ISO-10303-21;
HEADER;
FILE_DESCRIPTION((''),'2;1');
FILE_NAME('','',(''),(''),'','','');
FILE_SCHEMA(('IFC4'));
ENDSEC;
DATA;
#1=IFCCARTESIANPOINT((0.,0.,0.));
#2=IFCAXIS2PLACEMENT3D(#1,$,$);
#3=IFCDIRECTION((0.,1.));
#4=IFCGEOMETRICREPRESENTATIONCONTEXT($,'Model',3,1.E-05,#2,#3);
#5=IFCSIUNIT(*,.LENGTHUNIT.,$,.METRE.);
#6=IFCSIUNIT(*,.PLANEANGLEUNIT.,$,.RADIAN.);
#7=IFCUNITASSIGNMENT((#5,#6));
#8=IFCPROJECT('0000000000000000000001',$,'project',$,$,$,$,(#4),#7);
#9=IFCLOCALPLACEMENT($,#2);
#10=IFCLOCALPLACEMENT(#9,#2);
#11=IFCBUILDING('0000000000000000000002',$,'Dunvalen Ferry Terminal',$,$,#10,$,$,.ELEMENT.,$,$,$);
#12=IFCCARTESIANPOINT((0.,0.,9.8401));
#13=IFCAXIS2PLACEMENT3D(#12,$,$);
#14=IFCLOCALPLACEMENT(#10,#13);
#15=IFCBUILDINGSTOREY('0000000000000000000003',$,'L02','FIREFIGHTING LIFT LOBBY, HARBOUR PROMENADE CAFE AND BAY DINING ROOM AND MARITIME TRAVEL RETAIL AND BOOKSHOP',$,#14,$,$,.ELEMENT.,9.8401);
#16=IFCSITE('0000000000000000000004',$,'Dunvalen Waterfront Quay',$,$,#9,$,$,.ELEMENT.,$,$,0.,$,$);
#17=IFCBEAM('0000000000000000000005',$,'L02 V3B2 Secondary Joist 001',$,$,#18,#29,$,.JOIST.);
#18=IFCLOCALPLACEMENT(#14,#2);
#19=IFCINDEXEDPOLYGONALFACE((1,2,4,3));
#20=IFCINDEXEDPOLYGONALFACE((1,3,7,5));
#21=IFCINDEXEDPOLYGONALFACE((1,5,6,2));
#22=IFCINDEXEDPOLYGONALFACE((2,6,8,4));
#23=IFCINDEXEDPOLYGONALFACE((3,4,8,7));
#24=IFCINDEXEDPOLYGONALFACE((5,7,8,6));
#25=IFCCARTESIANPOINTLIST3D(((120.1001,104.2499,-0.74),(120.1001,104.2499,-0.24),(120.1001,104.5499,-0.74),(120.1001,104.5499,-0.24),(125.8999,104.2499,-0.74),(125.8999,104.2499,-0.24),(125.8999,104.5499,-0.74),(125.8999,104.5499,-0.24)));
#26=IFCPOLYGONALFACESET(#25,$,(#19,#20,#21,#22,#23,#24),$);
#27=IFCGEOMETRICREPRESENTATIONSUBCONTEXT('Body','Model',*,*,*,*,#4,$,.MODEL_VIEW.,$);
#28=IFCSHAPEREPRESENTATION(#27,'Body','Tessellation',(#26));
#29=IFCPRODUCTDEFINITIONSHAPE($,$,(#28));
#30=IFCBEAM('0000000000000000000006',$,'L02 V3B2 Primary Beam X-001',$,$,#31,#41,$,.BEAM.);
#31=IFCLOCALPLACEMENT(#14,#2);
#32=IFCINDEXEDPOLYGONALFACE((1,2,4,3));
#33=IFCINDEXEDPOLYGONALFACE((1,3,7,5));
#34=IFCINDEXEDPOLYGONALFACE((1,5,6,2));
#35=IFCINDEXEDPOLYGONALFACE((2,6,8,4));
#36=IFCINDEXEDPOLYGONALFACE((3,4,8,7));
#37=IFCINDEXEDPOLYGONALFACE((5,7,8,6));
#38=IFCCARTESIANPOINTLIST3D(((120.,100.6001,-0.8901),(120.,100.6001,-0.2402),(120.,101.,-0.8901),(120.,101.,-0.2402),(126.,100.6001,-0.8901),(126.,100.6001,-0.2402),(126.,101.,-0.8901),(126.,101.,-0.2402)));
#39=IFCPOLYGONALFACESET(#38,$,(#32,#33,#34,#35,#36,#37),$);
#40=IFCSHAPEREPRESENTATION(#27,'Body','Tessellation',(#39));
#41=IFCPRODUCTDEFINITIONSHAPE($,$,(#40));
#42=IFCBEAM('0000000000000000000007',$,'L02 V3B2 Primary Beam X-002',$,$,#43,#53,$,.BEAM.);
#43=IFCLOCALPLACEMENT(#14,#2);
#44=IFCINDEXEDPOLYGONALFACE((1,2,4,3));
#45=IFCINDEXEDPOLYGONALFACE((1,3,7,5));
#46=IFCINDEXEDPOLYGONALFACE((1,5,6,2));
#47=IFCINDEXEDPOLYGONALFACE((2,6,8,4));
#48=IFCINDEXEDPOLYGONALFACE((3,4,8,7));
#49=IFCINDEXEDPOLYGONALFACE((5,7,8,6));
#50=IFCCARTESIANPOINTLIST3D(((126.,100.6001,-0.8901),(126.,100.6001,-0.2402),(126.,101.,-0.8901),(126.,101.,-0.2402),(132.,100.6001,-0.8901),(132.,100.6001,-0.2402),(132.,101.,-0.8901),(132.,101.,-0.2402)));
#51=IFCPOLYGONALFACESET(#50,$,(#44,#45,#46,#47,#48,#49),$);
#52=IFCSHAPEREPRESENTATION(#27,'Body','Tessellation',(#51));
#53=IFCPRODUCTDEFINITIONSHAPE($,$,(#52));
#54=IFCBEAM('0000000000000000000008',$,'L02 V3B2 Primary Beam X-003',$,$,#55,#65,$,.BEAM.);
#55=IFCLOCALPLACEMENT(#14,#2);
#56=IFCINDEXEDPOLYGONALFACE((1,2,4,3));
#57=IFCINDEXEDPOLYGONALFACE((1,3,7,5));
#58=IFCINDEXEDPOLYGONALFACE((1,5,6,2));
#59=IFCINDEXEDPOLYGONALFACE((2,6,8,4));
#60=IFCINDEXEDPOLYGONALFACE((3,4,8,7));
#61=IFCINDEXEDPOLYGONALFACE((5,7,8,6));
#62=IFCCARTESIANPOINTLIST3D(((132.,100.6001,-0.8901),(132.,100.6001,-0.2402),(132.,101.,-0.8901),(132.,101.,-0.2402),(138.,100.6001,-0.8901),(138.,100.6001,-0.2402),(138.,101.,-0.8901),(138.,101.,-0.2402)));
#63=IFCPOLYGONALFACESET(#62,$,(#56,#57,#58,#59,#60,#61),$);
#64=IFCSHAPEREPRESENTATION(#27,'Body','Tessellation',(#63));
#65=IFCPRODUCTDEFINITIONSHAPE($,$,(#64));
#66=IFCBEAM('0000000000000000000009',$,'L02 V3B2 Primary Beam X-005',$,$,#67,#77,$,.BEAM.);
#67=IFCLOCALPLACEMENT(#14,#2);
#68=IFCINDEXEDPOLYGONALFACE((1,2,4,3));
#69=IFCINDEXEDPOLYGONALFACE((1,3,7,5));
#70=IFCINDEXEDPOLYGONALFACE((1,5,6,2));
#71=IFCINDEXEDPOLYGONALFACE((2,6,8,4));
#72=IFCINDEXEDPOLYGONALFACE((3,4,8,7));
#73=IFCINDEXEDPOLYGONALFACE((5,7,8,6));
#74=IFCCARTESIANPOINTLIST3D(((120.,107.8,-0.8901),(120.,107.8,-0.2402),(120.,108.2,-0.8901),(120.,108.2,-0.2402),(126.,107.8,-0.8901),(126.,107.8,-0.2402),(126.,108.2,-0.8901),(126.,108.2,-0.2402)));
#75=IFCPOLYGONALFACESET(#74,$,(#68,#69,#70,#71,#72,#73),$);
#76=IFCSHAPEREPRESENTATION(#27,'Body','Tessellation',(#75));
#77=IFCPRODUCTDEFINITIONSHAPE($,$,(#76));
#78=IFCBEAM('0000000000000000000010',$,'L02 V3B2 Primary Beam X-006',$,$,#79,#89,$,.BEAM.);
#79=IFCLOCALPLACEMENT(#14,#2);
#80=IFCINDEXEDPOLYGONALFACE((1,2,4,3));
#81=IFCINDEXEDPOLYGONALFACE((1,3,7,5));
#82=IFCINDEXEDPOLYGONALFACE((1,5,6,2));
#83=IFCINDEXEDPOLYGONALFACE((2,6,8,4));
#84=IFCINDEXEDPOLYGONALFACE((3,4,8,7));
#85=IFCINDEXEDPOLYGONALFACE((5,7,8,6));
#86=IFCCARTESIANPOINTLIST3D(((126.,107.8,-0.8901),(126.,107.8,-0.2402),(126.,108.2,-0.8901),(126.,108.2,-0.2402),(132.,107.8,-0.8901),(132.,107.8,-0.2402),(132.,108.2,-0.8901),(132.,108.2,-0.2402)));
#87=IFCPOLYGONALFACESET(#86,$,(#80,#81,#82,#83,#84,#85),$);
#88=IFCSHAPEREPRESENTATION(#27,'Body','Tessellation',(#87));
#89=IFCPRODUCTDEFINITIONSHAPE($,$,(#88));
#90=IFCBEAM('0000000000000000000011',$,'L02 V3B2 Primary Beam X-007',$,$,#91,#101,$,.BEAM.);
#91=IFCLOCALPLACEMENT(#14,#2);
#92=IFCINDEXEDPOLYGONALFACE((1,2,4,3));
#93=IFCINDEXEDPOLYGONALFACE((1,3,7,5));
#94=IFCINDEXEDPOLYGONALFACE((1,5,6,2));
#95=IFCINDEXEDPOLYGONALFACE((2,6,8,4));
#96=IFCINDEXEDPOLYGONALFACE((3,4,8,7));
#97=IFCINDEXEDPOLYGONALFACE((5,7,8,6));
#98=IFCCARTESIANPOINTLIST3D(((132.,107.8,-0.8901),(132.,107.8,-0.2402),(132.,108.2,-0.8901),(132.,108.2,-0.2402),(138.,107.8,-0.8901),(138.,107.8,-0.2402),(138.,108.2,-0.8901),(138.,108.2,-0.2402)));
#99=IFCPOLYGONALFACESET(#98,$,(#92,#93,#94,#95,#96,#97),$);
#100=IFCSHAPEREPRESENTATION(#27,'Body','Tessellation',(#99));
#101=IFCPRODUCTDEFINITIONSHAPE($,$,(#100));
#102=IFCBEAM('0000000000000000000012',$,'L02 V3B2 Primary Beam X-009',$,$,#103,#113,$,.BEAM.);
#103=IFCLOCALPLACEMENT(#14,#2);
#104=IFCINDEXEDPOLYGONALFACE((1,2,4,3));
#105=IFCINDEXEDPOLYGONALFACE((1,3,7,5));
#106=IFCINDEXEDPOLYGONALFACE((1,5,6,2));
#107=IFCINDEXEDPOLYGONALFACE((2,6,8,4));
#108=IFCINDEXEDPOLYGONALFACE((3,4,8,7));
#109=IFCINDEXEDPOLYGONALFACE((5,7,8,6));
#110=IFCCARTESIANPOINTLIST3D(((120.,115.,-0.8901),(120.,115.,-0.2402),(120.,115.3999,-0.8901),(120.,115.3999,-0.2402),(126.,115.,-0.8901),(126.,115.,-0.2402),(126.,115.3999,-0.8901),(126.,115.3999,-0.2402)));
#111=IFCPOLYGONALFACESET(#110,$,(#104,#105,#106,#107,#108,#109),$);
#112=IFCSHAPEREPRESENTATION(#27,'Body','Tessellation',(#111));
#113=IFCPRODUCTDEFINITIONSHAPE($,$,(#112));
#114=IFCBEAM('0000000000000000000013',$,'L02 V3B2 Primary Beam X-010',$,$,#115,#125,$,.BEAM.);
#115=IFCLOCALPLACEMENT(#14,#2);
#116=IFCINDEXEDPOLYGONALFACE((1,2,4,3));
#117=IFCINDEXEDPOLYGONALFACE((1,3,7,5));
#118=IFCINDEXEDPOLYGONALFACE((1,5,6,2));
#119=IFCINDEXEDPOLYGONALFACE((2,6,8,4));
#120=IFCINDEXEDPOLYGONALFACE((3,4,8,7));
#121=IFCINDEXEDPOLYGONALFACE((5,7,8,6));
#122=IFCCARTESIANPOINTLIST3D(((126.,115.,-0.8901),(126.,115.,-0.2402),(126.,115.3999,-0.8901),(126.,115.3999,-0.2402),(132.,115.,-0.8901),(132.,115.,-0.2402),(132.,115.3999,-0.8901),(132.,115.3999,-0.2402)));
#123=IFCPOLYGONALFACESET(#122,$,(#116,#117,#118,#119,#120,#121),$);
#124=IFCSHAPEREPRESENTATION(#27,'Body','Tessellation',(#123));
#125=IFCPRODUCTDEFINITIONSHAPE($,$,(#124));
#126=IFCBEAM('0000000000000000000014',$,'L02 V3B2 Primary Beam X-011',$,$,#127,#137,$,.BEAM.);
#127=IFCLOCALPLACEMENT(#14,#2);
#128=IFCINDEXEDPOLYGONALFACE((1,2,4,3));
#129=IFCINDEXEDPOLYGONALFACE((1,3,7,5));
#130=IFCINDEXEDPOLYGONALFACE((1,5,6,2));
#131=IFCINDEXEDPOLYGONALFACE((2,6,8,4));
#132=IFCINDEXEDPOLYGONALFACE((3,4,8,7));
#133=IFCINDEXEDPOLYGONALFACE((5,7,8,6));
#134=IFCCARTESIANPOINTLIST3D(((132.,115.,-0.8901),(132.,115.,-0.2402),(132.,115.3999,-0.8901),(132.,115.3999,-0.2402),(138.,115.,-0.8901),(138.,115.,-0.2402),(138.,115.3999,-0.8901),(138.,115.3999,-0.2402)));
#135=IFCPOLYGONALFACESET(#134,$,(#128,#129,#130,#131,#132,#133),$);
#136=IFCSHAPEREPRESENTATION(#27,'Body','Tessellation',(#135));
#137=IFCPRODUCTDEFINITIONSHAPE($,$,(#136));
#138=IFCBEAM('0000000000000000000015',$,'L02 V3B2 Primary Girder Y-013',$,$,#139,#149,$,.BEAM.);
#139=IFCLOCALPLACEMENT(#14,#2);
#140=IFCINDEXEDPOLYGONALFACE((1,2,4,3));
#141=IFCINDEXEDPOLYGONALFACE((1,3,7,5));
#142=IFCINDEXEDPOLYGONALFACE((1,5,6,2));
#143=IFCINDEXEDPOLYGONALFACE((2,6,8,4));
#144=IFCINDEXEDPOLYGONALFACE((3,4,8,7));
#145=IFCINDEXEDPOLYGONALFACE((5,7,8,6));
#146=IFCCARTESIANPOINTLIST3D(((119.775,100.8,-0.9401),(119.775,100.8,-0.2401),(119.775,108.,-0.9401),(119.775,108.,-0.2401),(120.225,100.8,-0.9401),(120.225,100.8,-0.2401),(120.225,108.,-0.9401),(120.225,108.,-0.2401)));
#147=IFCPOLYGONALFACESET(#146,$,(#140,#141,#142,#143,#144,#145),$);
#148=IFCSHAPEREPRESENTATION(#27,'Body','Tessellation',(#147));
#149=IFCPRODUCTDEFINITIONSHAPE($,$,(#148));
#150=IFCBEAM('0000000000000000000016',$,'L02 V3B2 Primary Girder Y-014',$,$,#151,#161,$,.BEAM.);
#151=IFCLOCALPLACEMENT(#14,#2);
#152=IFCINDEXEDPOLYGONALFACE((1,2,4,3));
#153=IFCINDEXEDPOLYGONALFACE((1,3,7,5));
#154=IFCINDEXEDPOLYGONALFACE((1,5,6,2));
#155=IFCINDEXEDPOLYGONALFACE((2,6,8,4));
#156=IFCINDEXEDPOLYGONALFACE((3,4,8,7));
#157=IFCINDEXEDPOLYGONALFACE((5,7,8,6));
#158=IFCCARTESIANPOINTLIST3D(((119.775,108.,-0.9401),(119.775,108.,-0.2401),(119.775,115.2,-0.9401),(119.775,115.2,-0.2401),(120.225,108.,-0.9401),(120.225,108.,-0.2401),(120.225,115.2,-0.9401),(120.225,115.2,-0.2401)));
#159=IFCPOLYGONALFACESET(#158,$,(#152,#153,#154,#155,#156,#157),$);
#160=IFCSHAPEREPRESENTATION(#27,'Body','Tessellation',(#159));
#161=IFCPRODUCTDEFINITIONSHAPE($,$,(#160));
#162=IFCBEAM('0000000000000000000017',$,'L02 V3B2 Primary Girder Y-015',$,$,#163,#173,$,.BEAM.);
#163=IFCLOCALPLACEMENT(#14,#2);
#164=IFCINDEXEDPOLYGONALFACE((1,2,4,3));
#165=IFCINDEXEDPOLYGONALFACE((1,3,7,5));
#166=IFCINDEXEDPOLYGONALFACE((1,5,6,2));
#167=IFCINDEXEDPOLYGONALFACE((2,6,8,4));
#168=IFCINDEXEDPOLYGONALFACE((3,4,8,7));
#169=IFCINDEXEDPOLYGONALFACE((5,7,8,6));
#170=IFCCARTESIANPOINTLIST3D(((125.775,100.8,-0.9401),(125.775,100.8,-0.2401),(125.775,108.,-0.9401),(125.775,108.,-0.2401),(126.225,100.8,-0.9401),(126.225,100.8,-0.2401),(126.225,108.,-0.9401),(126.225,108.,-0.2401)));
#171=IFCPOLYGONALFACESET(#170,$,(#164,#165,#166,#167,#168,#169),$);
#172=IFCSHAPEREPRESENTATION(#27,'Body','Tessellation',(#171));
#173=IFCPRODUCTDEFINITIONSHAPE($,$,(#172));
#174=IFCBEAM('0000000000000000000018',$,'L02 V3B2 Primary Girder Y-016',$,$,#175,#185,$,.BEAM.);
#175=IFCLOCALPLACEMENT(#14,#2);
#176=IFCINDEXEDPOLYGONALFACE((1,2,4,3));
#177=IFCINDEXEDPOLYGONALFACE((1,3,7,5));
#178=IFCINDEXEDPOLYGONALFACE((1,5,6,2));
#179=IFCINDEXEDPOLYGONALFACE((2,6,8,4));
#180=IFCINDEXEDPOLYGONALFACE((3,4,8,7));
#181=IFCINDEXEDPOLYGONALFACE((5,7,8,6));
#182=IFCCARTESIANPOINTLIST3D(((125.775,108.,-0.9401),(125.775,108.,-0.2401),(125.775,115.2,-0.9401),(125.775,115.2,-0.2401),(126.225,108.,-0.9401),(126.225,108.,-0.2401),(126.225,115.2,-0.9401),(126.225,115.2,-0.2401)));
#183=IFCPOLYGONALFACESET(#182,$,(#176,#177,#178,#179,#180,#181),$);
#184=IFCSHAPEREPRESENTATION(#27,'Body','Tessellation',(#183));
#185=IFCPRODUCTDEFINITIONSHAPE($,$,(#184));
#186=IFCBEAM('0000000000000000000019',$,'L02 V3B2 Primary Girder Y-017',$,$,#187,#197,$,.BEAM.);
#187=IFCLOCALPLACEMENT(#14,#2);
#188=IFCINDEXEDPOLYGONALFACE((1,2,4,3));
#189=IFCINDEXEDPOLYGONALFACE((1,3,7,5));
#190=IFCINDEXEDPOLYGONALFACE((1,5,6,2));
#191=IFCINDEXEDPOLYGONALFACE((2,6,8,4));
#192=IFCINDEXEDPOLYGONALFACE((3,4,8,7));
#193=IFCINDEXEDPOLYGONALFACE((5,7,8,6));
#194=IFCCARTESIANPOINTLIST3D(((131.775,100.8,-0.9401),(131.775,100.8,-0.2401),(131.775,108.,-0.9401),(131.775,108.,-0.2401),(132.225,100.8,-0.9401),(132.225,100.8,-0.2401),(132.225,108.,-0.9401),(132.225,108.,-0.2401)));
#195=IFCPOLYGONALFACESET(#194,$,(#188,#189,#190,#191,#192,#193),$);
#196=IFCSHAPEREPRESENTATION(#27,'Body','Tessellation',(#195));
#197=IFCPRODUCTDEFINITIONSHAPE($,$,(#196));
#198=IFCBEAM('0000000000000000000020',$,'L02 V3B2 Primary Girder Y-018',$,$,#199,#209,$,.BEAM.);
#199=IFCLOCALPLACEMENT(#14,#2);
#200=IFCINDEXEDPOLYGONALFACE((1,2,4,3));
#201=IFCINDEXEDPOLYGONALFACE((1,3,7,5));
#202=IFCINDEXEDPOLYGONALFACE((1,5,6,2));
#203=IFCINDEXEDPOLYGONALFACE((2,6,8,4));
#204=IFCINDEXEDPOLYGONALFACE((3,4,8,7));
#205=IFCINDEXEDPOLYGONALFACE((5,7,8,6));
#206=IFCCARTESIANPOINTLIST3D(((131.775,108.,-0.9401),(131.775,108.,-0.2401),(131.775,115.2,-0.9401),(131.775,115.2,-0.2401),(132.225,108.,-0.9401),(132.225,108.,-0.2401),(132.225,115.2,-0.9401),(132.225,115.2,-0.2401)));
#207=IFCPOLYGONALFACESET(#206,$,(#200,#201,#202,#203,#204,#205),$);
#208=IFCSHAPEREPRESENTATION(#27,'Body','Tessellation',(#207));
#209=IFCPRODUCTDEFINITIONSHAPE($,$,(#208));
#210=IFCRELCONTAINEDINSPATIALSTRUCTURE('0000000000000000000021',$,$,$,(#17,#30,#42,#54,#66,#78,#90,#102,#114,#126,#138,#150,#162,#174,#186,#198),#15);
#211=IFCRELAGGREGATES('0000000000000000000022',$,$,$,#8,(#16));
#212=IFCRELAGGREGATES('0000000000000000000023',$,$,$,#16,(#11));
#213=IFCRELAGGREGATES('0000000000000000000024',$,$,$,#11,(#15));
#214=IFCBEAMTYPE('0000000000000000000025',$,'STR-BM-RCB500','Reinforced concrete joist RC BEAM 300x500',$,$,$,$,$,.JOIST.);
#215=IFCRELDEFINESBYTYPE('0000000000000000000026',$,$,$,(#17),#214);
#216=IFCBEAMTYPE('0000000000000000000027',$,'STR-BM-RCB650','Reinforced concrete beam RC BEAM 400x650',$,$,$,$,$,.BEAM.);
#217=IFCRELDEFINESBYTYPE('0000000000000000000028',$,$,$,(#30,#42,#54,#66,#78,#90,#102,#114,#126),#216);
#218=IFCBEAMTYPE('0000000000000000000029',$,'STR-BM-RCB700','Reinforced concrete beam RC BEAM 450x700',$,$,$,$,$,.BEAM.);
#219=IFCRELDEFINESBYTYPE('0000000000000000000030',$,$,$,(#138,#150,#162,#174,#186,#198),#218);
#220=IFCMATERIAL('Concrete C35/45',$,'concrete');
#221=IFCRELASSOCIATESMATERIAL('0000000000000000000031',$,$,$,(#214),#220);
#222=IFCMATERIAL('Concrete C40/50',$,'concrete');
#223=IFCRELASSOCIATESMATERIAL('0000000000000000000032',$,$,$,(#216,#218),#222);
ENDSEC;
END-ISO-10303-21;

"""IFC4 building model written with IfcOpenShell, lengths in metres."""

from ifc_helpers import new_model, si_unit, direction, frame, origin, origin_2d, place, context, subcontext, project, spatial, rectangle, extrude, material, material_profile, profile_set, type_object, element, save


model = new_model("IFC4")

# Units and contexts
model_context = context("Model", 3, precision=1e-05, world=origin(), true_north=direction((0.0, 1.0)))
body_context = subcontext(model_context, "Body", "Model", "MODEL_VIEW")
ifc_project = project(units=[si_unit("LENGTHUNIT", "METRE"), si_unit("PLANEANGLEUNIT", "RADIAN")], contexts=[model_context])

# Site, building, storey
site_placement = place(None, origin())
site = spatial("IfcSite", under=ifc_project, at=site_placement, Name="Dunvalen Waterfront Quay", CompositionType="ELEMENT", RefElevation=0.0)
building_placement = place(site_placement, origin())
building = spatial("IfcBuilding", under=site, at=building_placement, Name="Dunvalen Ferry Terminal", CompositionType="ELEMENT")
storey_placement = place(building_placement, frame((0.0, 0.0, 9.8401)))
storey = spatial("IfcBuildingStorey", under=building, at=storey_placement, Name="L02", Description="FIREFIGHTING LIFT LOBBY, HARBOUR PROMENADE CAFE AND BAY DINING ROOM AND MARITIME TRAVEL RETAIL AND BOOKSHOP", CompositionType="ELEMENT", Elevation=9.8401)

# Beams
ifc_material_1 = material(Name="Concrete C35/45", Category="concrete")
ifc_material_profile_1 = material_profile(ifc_material_1, rectangle(XDim=0.3, YDim=0.5, at=origin_2d()), Name="Concrete C35/45")
ifc_profile_set_1 = profile_set([ifc_material_profile_1], Name="Concrete C35/45")
beam_type_1 = type_object("IfcBeamType", Name="STR-BM-RCB500", Description="Reinforced concrete joist RC BEAM 300x500", PredefinedType="JOIST", material=ifc_profile_set_1)
beam_1_placement = place(storey_placement, frame((120.1001, 104.3999, -0.49), z_axis=(1.0, 0.0, 0.0), x_axis=(0.0, 1.0, 0.0)))
element("IfcBeam", 1, at=beam_1_placement, inside=storey, type_object=beam_type_1, Name="L02 V3B2 Secondary Joist 001", PredefinedType="JOIST", context=body_context, shape_type="SweptSolid", body=[
    extrude(rectangle(XDim=0.3, YDim=0.5, at=origin_2d()), origin(), (0.0, 0.0, 1.0), 5.7998),
])
ifc_material_2 = material(Name="Concrete C40/50", Category="concrete")
ifc_material_profile_2 = material_profile(ifc_material_2, rectangle(XDim=0.3999, YDim=0.6499, at=origin_2d()), Name="Concrete C40/50")
ifc_profile_set_2 = profile_set([ifc_material_profile_2], Name="Concrete C40/50")
beam_type_2 = type_object("IfcBeamType", Name="STR-BM-RCB650", Description="Reinforced concrete beam RC BEAM 400x650", PredefinedType="BEAM", material=ifc_profile_set_2)
for number, where, z_axis, x_axis, name in (
    (2, (120.0, 100.8, -0.5652), (1.0, 0.0, 0.0), (0.0, 1.0, 0.0), "L02 V3B2 Primary Beam X-001"),
    (3, (126.0, 100.8, -0.5652), (1.0, 0.0, 0.0), (0.0, 1.0, 0.0), "L02 V3B2 Primary Beam X-002"),
    (4, (132.0, 100.8, -0.5652), (1.0, 0.0, 0.0), (0.0, 1.0, 0.0), "L02 V3B2 Primary Beam X-003"),
    (5, (120.0, 108.0, -0.5652), (1.0, 0.0, 0.0), (0.0, 1.0, 0.0), "L02 V3B2 Primary Beam X-005"),
    (6, (126.0, 108.0, -0.5652), (1.0, 0.0, 0.0), (0.0, 1.0, 0.0), "L02 V3B2 Primary Beam X-006"),
    (7, (132.0, 108.0, -0.5652), (1.0, 0.0, 0.0), (0.0, 1.0, 0.0), "L02 V3B2 Primary Beam X-007"),
    (8, (120.0, 115.2, -0.5652), (1.0, 0.0, 0.0), (0.0, 1.0, 0.0), "L02 V3B2 Primary Beam X-009"),
    (9, (126.0, 115.2, -0.5652), (1.0, 0.0, 0.0), (0.0, 1.0, 0.0), "L02 V3B2 Primary Beam X-010"),
    (10, (132.0, 115.2, -0.5652), (1.0, 0.0, 0.0), (0.0, 1.0, 0.0), "L02 V3B2 Primary Beam X-011"),
):
    element("IfcBeam", number, at=place(storey_placement, frame(where, z_axis=z_axis, x_axis=x_axis)), inside=storey, type_object=beam_type_2, Name=name, PredefinedType="BEAM", context=body_context, shape_type="SweptSolid", body=[
        extrude(rectangle(XDim=0.3999, YDim=0.6499, at=origin_2d()), origin(), (0.0, 0.0, 1.0), 6.0),
    ])
ifc_material_profile_3 = material_profile(ifc_material_2, rectangle(XDim=0.45, YDim=0.7, at=origin_2d()), Name="Concrete C40/50")
ifc_profile_set_3 = profile_set([ifc_material_profile_3], Name="Concrete C40/50")
beam_type_3 = type_object("IfcBeamType", Name="STR-BM-RCB700", Description="Reinforced concrete beam RC BEAM 450x700", PredefinedType="BEAM", material=ifc_profile_set_3)
for number, where, z_axis, x_axis, name in (
    (11, (120.0, 100.8, -0.5901), (0.0, 1.0, 0.0), (-1.0, 0.0, 0.0), "L02 V3B2 Primary Girder Y-013"),
    (12, (120.0, 108.0, -0.5901), (0.0, 1.0, 0.0), (-1.0, 0.0, 0.0), "L02 V3B2 Primary Girder Y-014"),
    (13, (126.0, 100.8, -0.5901), (0.0, 1.0, 0.0), (-1.0, 0.0, 0.0), "L02 V3B2 Primary Girder Y-015"),
    (14, (126.0, 108.0, -0.5901), (0.0, 1.0, 0.0), (-1.0, 0.0, 0.0), "L02 V3B2 Primary Girder Y-016"),
    (15, (132.0, 100.8, -0.5901), (0.0, 1.0, 0.0), (-1.0, 0.0, 0.0), "L02 V3B2 Primary Girder Y-017"),
    (16, (132.0, 108.0, -0.5901), (0.0, 1.0, 0.0), (-1.0, 0.0, 0.0), "L02 V3B2 Primary Girder Y-018"),
):
    element("IfcBeam", number, at=place(storey_placement, frame(where, z_axis=z_axis, x_axis=x_axis)), inside=storey, type_object=beam_type_3, Name=name, PredefinedType="BEAM", context=body_context, shape_type="SweptSolid", body=[
        extrude(rectangle(XDim=0.45, YDim=0.7, at=origin_2d()), origin(), (0.0, 0.0, 1.0), 7.2),
    ])

save(model, "model.ifc")
